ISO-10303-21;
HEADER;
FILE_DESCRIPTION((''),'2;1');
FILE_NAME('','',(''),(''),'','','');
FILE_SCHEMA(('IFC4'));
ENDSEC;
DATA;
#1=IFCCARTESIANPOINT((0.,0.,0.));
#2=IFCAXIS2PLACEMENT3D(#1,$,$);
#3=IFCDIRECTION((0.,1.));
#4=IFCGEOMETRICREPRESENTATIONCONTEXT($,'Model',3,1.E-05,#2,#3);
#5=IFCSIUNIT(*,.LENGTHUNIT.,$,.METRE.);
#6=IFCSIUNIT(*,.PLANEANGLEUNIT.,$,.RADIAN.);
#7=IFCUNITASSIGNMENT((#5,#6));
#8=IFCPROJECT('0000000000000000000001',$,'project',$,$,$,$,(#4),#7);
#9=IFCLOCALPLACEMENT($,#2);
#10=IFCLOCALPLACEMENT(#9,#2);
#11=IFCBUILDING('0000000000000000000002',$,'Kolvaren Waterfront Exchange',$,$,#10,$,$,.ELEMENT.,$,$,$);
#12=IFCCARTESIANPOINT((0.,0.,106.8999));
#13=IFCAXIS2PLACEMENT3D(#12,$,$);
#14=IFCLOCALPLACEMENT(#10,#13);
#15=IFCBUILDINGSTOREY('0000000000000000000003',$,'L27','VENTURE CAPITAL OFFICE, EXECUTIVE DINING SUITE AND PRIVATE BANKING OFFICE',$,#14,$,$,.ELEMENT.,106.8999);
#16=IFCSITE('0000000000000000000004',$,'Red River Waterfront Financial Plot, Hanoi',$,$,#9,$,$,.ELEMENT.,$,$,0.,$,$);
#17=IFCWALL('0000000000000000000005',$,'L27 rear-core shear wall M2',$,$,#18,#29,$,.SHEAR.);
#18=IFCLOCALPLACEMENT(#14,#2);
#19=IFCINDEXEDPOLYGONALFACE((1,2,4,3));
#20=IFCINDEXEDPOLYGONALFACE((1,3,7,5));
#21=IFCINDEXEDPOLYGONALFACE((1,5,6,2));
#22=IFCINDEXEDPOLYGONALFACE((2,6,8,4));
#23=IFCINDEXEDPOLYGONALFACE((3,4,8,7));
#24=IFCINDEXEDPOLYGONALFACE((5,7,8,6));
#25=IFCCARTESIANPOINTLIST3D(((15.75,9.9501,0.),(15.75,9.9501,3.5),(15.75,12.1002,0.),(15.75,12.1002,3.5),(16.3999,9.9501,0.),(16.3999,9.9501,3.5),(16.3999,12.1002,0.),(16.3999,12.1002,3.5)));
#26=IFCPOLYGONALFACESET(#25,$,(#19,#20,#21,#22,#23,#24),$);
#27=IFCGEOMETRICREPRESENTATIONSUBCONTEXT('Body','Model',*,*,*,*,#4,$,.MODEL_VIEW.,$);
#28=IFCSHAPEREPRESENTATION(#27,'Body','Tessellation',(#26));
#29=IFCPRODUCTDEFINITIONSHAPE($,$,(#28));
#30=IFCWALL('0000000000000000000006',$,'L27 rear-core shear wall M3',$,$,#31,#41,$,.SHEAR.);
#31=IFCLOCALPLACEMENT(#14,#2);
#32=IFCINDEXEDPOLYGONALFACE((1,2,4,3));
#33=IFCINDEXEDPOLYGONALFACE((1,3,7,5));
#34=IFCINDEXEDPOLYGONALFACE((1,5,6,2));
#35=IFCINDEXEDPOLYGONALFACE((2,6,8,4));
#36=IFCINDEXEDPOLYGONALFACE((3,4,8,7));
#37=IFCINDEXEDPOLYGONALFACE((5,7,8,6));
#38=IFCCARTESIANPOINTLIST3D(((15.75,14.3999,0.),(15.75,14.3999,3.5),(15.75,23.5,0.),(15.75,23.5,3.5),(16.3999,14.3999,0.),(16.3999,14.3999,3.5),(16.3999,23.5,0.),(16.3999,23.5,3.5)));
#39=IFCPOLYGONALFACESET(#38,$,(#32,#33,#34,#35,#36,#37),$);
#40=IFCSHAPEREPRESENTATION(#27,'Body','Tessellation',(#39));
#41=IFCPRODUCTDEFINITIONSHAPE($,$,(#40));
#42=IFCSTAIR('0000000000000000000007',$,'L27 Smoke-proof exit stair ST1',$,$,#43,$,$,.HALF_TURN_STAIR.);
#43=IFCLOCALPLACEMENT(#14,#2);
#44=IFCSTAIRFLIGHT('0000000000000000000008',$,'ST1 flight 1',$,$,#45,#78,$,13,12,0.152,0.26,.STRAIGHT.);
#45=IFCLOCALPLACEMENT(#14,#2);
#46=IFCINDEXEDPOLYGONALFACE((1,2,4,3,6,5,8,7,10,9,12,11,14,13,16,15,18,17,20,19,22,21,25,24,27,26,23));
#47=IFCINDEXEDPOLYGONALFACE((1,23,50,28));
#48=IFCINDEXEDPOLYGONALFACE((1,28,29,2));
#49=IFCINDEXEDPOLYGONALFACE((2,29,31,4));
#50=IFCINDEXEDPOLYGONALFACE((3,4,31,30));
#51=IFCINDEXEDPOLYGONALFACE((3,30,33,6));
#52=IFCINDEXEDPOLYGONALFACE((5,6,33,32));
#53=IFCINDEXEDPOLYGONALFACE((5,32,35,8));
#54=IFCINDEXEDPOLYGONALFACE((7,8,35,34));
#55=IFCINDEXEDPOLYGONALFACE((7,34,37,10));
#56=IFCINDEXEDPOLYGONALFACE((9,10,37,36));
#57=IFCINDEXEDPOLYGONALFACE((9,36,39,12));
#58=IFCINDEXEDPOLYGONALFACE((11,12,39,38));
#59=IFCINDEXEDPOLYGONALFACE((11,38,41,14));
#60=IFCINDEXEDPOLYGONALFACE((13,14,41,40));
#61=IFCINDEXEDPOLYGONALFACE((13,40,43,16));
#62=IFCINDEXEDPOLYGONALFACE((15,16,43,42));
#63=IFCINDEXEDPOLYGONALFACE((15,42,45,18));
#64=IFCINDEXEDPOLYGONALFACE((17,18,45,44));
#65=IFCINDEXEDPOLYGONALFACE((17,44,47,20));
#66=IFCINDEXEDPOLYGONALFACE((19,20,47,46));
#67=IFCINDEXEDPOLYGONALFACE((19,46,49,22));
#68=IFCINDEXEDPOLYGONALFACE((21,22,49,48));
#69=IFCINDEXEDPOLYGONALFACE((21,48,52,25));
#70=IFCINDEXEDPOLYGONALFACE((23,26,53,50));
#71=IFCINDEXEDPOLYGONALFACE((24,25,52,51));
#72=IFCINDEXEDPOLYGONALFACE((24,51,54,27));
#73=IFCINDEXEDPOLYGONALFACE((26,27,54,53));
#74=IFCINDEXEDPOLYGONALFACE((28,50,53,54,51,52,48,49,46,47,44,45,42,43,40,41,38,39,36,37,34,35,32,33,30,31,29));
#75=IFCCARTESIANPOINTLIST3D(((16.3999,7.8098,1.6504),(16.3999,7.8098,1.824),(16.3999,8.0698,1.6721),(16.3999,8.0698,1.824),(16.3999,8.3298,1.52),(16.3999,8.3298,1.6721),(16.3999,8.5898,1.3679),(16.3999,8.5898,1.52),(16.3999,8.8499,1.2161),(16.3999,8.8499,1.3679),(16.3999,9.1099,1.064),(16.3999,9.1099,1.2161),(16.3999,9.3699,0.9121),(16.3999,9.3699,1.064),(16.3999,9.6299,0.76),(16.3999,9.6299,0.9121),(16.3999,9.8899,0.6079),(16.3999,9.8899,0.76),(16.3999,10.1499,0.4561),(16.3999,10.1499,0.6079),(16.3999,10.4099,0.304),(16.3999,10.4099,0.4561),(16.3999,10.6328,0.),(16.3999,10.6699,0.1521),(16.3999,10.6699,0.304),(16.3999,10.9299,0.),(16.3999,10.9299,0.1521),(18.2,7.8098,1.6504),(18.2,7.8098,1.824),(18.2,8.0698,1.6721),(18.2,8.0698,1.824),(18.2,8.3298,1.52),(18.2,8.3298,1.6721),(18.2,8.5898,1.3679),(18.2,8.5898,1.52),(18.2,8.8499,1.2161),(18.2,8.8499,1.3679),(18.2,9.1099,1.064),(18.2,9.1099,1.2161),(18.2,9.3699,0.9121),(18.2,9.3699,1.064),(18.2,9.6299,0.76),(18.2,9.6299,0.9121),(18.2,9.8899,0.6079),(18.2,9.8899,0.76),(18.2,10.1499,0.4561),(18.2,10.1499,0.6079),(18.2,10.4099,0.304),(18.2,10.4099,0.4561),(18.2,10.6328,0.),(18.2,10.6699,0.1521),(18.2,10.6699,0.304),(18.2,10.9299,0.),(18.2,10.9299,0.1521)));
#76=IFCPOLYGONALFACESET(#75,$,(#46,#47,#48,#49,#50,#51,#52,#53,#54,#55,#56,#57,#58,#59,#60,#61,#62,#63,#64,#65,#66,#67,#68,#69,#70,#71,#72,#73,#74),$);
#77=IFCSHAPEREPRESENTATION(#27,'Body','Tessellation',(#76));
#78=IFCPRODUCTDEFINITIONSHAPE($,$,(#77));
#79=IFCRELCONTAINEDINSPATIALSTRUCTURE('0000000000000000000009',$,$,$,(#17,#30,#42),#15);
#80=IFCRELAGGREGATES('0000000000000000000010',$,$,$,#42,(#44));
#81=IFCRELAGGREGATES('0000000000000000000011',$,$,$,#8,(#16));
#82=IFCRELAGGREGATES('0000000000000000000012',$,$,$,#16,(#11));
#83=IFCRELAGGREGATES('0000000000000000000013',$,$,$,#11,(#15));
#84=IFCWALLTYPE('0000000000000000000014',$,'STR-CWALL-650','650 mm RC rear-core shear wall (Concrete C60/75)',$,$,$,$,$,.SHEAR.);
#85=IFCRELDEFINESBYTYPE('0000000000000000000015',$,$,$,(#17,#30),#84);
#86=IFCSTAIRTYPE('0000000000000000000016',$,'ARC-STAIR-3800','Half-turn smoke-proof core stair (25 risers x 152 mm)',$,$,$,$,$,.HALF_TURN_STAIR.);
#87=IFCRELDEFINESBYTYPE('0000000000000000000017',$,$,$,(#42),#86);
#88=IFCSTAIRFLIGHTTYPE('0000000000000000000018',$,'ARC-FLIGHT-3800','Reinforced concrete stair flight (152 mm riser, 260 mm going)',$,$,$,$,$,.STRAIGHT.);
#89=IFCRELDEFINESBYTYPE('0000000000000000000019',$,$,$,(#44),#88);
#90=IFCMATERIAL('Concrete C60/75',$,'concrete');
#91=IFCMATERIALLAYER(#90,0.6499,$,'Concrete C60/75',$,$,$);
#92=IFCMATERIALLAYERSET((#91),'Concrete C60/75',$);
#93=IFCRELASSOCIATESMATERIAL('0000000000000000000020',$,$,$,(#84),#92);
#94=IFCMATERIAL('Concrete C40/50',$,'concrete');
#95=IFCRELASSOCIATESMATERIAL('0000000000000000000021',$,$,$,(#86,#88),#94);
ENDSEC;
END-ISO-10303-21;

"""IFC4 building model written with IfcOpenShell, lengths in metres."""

from ifc_helpers import new_model, si_unit, direction, frame, frame_2d, origin, place, context, subcontext, project, spatial, polyline, rectangle, outline, extrude, material, layer, layer_set, type_object, element, aggregate, save


model = new_model("IFC4")

# Units and contexts
model_context = context("Model", 3, precision=1e-05, world=origin(), true_north=direction((0.0, 1.0)))
body_context = subcontext(model_context, "Body", "Model", "MODEL_VIEW")
ifc_project = project(units=[si_unit("LENGTHUNIT", "METRE"), si_unit("PLANEANGLEUNIT", "RADIAN")], contexts=[model_context])

# Site, building, storey
site_placement = place(None, origin())
site = spatial("IfcSite", under=ifc_project, at=site_placement, Name="Red River Waterfront Financial Plot, Hanoi", CompositionType="ELEMENT", RefElevation=0.0)
building_placement = place(site_placement, origin())
building = spatial("IfcBuilding", under=site, at=building_placement, Name="Kolvaren Waterfront Exchange", CompositionType="ELEMENT")
storey_placement = place(building_placement, frame((0.0, 0.0, 106.8999)))
storey = spatial("IfcBuildingStorey", under=building, at=storey_placement, Name="L27", Description="VENTURE CAPITAL OFFICE, EXECUTIVE DINING SUITE AND PRIVATE BANKING OFFICE", CompositionType="ELEMENT", Elevation=106.8999)

# Shared definitions
ifc_material_1 = material(Name="Concrete C60/75", Category="concrete")

# Walls
ifc_material_2 = material(Name="Concrete C40/50", Category="concrete")
ifc_layer_1 = layer(ifc_material_1, 0.6499, Name="Concrete C60/75")
ifc_layer_set_1 = layer_set([ifc_layer_1], Name="Concrete C60/75")
wall_type_1 = type_object("IfcWallType", Name="STR-CWALL-650", Description="650 mm RC rear-core shear wall (Concrete C60/75)", PredefinedType="SHEAR", material=ifc_layer_set_1)
wall_1_placement = place(storey_placement, frame((16.075, 9.95, 0.0), z_axis=(0.0, 0.0, 1.0), x_axis=(0.0, 1.0, 0.0)))
element("IfcWall", 1, at=wall_1_placement, inside=storey, type_object=wall_type_1, Name="L27 rear-core shear wall M2", PredefinedType="SHEAR", context=body_context, shape_type="SweptSolid", body=[
    extrude(rectangle(XDim=2.1501, YDim=0.6499, at=frame_2d((1.0752, 0.0))), origin(), (0.0, 0.0, 1.0), 3.5),
])
wall_2_placement = place(storey_placement, frame((16.075, 14.3999, 0.0), z_axis=(0.0, 0.0, 1.0), x_axis=(0.0, 1.0, 0.0)))
element("IfcWall", 2, at=wall_2_placement, inside=storey, type_object=wall_type_1, Name="L27 rear-core shear wall M3", PredefinedType="SHEAR", context=body_context, shape_type="SweptSolid", body=[
    extrude(rectangle(XDim=9.1001, YDim=0.6499, at=frame_2d((4.55, 0.0))), origin(), (0.0, 0.0, 1.0), 3.5),
])

# Stair, stair flight
stair_type = type_object("IfcStairType", Name="ARC-STAIR-3800", Description="Half-turn smoke-proof core stair (25 risers x 152 mm)", PredefinedType="HALF_TURN_STAIR", material=ifc_material_2)
stair_placement = place(storey_placement, origin())
stair = element("IfcStair", 3, at=stair_placement, inside=storey, type_object=stair_type, Name="L27 Smoke-proof exit stair ST1", PredefinedType="HALF_TURN_STAIR")
stair_flight_type = type_object("IfcStairFlightType", Name="ARC-FLIGHT-3800", Description="Reinforced concrete stair flight (152 mm riser, 260 mm going)", PredefinedType="STRAIGHT", material=ifc_material_2)
stair_flight_placement = place(storey_placement, frame((17.3, 10.9299, 0.0), z_axis=(0.0, 0.0, 1.0), x_axis=(0.0, -1.0, 0.0)))
stair_flight = element("IfcStairFlight", 4, at=stair_flight_placement, type_object=stair_flight_type, Name="ST1 flight 1", NumberOfRisers=13, NumberOfTreads=12, PredefinedType="STRAIGHT", RiserHeight=0.152, TreadLength=0.26, context=body_context, shape_type="SweptSolid", body=[
    extrude(outline(polyline([(0.0, 0.0), (0.0, 0.1521), (0.26, 0.1521), (0.26, 0.304), (0.52, 0.304), (0.52, 0.4561), (0.78, 0.4561), (0.78, 0.6079), (1.04, 0.6079), (1.04, 0.76), (1.3, 0.76), (1.3, 0.9121), (1.5601, 0.9121), (1.5601, 1.064), (1.8201, 1.064), (1.8201, 1.2161), (2.0801, 1.2161), (2.0801, 1.3679), (2.3401, 1.3679), (2.3401, 1.52), (2.6001, 1.52), (2.6001, 1.6721), (2.8601, 1.6721), (2.8601, 1.824), (3.1201, 1.824), (3.1201, 1.9761), (3.1201, 1.6504), (0.2971, 0.0), (0.0, 0.0)])), frame((0.0, 0.8999, 0.0), z_axis=(0.0, -1.0, 0.0), x_axis=(1.0, 0.0, 0.0)), (0.0, 0.0, 1.0), 1.8),
])
aggregate(stair, [stair_flight])

save(model, "model.ifc")
